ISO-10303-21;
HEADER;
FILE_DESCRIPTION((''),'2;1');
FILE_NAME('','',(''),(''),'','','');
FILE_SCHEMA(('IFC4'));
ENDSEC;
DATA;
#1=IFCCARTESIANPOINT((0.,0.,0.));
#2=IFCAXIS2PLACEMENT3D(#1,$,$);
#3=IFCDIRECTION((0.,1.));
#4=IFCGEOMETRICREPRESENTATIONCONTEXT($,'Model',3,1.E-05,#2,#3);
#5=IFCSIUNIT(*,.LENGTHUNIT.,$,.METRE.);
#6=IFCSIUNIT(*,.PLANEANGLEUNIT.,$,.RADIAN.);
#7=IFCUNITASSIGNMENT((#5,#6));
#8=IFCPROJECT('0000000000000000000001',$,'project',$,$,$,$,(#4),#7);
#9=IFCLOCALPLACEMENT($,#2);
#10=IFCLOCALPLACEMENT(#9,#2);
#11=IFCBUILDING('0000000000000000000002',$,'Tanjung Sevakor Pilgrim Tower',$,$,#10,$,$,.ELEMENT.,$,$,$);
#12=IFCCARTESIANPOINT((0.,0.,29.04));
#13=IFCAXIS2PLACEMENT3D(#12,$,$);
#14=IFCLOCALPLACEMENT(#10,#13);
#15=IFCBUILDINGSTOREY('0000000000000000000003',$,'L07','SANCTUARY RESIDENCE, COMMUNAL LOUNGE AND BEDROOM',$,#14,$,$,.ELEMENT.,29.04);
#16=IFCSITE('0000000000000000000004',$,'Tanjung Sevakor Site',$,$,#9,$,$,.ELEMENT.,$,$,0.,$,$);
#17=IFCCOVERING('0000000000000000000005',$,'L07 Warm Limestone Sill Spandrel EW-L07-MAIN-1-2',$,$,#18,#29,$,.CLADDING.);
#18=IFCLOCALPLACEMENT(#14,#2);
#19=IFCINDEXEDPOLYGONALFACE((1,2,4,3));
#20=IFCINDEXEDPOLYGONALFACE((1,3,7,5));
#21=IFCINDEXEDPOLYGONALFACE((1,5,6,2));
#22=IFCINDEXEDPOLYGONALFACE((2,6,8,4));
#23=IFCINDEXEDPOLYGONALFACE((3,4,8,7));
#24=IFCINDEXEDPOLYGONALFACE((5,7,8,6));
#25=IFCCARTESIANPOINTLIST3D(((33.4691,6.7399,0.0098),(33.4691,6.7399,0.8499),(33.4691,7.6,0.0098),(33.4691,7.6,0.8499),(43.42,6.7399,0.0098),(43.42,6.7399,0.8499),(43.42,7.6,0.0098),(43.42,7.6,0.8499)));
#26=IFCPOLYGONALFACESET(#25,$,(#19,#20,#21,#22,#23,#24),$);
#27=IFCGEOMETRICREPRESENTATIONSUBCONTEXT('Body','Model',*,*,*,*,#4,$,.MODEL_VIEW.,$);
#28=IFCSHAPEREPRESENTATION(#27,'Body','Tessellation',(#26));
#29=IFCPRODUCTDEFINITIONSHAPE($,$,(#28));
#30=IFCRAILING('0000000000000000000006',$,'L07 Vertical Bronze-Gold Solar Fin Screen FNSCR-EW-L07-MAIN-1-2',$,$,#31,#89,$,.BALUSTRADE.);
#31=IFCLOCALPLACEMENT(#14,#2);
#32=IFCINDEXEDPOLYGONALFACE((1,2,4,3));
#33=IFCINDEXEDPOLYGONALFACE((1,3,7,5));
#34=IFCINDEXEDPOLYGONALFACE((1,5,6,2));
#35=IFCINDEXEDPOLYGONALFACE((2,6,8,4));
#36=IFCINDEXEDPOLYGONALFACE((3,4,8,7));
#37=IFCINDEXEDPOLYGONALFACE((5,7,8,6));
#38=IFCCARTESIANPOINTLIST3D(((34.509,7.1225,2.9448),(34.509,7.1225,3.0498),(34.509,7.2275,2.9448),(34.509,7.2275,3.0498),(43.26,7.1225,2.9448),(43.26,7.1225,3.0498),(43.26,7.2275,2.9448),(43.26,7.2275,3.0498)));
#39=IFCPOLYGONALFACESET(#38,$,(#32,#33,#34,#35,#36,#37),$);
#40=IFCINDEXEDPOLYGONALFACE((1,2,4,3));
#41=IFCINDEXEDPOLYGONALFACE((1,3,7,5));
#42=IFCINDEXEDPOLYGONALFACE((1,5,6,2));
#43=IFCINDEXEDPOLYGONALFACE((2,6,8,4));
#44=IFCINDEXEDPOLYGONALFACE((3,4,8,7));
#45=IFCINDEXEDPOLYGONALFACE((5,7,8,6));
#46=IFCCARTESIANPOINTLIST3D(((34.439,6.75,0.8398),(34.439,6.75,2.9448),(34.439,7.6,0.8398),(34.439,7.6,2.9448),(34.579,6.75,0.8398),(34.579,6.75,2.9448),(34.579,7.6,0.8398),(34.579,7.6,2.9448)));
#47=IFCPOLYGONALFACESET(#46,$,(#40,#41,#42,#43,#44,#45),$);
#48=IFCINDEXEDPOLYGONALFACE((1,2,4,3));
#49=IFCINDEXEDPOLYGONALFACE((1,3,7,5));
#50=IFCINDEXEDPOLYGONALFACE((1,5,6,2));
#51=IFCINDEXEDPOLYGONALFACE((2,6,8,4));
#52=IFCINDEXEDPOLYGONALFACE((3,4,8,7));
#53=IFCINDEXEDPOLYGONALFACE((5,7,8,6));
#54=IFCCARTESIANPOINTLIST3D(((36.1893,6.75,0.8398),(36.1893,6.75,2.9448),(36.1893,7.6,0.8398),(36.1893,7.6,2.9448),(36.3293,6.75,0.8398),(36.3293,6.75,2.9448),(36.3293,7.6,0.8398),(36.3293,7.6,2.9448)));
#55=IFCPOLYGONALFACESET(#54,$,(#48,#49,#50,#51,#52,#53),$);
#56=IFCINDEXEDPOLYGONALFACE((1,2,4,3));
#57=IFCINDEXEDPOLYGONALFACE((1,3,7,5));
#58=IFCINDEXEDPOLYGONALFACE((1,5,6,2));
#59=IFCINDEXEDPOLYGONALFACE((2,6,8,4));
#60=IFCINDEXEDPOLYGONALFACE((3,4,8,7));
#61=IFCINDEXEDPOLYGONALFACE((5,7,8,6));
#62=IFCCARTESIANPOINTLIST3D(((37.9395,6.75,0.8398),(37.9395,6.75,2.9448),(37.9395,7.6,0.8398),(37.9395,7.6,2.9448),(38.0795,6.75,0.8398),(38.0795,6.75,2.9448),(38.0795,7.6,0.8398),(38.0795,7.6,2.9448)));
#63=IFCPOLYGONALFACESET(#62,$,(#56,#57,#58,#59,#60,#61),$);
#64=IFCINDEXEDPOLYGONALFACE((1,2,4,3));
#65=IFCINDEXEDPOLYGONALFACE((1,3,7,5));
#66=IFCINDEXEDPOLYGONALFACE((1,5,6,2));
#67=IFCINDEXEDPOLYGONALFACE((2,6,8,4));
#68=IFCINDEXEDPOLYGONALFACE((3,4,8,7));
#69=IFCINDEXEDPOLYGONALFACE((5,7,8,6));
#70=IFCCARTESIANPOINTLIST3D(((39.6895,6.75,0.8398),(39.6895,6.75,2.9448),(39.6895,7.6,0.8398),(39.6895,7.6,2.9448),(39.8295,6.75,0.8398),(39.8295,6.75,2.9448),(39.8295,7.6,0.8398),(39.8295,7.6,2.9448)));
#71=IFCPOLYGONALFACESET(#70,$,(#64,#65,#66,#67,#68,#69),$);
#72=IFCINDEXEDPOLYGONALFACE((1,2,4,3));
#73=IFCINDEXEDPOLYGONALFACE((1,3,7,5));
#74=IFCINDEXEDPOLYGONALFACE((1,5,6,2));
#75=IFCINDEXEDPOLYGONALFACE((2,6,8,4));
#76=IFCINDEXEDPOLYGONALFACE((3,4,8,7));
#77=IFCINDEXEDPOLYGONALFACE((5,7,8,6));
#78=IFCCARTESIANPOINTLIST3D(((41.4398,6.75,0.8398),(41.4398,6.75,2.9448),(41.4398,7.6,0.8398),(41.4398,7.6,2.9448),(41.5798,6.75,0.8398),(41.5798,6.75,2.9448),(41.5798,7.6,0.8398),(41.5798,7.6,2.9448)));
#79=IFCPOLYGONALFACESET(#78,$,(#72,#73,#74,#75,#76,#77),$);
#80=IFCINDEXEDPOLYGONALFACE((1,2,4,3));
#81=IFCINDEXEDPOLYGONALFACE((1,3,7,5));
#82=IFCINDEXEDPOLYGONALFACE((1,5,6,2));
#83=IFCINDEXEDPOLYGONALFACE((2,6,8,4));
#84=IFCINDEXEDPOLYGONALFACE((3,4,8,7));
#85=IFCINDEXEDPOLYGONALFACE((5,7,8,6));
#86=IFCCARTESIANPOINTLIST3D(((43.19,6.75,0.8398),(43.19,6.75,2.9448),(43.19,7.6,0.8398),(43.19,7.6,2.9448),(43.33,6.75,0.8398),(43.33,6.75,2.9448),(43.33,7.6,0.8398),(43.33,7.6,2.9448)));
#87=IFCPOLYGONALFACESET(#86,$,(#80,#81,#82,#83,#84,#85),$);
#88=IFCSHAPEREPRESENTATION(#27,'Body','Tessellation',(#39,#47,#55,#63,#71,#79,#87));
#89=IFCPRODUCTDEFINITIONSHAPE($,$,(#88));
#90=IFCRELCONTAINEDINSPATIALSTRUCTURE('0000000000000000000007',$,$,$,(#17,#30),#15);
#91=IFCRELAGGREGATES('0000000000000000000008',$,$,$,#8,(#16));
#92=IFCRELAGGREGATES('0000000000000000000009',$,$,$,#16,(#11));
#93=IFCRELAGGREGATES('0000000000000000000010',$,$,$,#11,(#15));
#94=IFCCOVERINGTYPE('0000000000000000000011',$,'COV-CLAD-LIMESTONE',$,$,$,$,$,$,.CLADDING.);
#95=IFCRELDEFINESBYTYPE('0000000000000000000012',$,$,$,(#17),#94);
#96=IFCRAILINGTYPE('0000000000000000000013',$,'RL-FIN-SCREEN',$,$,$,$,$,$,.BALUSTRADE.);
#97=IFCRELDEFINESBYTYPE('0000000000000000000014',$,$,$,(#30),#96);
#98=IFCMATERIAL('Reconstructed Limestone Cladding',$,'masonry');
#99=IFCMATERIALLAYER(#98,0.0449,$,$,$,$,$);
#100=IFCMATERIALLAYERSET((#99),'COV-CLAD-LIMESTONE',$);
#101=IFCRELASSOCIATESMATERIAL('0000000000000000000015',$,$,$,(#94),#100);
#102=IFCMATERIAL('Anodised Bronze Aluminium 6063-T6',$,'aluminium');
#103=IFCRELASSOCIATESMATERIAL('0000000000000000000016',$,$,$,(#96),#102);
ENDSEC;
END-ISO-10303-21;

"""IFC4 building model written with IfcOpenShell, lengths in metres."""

from ifc_helpers import new_model, si_unit, direction, frame, origin, origin_2d, place, context, subcontext, project, spatial, rectangle, extrude, material, layer, layer_set, type_object, element, save


model = new_model("IFC4")

# Units and contexts
model_context = context("Model", 3, precision=1e-05, world=origin(), true_north=direction((0.0, 1.0)))
body_context = subcontext(model_context, "Body", "Model", "MODEL_VIEW")
ifc_project = project(units=[si_unit("LENGTHUNIT", "METRE"), si_unit("PLANEANGLEUNIT", "RADIAN")], contexts=[model_context])

# Site, building, storey
site_placement = place(None, origin())
site = spatial("IfcSite", under=ifc_project, at=site_placement, Name="Tanjung Sevakor Site", CompositionType="ELEMENT", RefElevation=0.0)
building_placement = place(site_placement, origin())
building = spatial("IfcBuilding", under=site, at=building_placement, Name="Tanjung Sevakor Pilgrim Tower", CompositionType="ELEMENT")
storey_placement = place(building_placement, frame((0.0, 0.0, 29.04)))
storey = spatial("IfcBuildingStorey", under=building, at=storey_placement, Name="L07", Description="SANCTUARY RESIDENCE, COMMUNAL LOUNGE AND BEDROOM", CompositionType="ELEMENT", Elevation=29.04)

# Covering
ifc_material_1 = material(Name="Reconstructed Limestone Cladding", Category="masonry")
ifc_layer_1 = layer(ifc_material_1, 0.0449)
ifc_layer_set_1 = layer_set([ifc_layer_1], Name="COV-CLAD-LIMESTONE")
covering_type = type_object("IfcCoveringType", Name="COV-CLAD-LIMESTONE", PredefinedType="CLADDING", material=ifc_layer_set_1)
covering_placement = place(storey_placement, frame((38.4446, 7.1699, 0.0098), z_axis=(0.0, 0.0, 1.0), x_axis=(1.0, 0.0, 0.0)))
element("IfcCovering", 1, at=covering_placement, inside=storey, type_object=covering_type, Name="L07 Warm Limestone Sill Spandrel EW-L07-MAIN-1-2", PredefinedType="CLADDING", context=body_context, shape_type="SweptSolid", body=[
    extrude(rectangle(XDim=9.9509, YDim=0.8601, at=origin_2d()), origin(), (0.0, 0.0, 1.0), 0.8401),
])

# Railing
ifc_material_2 = material(Name="Anodised Bronze Aluminium 6063-T6", Category="aluminium")
railing_type = type_object("IfcRailingType", Name="RL-FIN-SCREEN", PredefinedType="BALUSTRADE", material=ifc_material_2)
railing_placement = place(storey_placement, frame((34.509, 7.175, 0.8398)))
element("IfcRailing", 2, at=railing_placement, inside=storey, type_object=railing_type, Name="L07 Vertical Bronze-Gold Solar Fin Screen FNSCR-EW-L07-MAIN-1-2", PredefinedType="BALUSTRADE", context=body_context, shape_type="SweptSolid", body=[
    extrude(rectangle(XDim=0.105, YDim=0.105), frame((0.0, 0.0, 2.1575), z_axis=(1.0, 0.0, 0.0), x_axis=(0.0, 1.0, 0.0)), (0.0, 0.0, 1.0), 8.751),
    extrude(rectangle(XDim=0.14, YDim=0.85), origin(), (0.0, 0.0, 1.0), 2.105),
    extrude(rectangle(XDim=0.14, YDim=0.85), frame((1.7502, 0.0, 0.0)), (0.0, 0.0, 1.0), 2.105),
    extrude(rectangle(XDim=0.14, YDim=0.85), frame((3.5005, 0.0, 0.0)), (0.0, 0.0, 1.0), 2.105),
    extrude(rectangle(XDim=0.14, YDim=0.85), frame((5.2505, 0.0, 0.0)), (0.0, 0.0, 1.0), 2.105),
    extrude(rectangle(XDim=0.14, YDim=0.85), frame((7.0007, 0.0, 0.0)), (0.0, 0.0, 1.0), 2.105),
    extrude(rectangle(XDim=0.14, YDim=0.85), frame((8.751, 0.0, 0.0)), (0.0, 0.0, 1.0), 2.105),
])

save(model, "model.ifc")
